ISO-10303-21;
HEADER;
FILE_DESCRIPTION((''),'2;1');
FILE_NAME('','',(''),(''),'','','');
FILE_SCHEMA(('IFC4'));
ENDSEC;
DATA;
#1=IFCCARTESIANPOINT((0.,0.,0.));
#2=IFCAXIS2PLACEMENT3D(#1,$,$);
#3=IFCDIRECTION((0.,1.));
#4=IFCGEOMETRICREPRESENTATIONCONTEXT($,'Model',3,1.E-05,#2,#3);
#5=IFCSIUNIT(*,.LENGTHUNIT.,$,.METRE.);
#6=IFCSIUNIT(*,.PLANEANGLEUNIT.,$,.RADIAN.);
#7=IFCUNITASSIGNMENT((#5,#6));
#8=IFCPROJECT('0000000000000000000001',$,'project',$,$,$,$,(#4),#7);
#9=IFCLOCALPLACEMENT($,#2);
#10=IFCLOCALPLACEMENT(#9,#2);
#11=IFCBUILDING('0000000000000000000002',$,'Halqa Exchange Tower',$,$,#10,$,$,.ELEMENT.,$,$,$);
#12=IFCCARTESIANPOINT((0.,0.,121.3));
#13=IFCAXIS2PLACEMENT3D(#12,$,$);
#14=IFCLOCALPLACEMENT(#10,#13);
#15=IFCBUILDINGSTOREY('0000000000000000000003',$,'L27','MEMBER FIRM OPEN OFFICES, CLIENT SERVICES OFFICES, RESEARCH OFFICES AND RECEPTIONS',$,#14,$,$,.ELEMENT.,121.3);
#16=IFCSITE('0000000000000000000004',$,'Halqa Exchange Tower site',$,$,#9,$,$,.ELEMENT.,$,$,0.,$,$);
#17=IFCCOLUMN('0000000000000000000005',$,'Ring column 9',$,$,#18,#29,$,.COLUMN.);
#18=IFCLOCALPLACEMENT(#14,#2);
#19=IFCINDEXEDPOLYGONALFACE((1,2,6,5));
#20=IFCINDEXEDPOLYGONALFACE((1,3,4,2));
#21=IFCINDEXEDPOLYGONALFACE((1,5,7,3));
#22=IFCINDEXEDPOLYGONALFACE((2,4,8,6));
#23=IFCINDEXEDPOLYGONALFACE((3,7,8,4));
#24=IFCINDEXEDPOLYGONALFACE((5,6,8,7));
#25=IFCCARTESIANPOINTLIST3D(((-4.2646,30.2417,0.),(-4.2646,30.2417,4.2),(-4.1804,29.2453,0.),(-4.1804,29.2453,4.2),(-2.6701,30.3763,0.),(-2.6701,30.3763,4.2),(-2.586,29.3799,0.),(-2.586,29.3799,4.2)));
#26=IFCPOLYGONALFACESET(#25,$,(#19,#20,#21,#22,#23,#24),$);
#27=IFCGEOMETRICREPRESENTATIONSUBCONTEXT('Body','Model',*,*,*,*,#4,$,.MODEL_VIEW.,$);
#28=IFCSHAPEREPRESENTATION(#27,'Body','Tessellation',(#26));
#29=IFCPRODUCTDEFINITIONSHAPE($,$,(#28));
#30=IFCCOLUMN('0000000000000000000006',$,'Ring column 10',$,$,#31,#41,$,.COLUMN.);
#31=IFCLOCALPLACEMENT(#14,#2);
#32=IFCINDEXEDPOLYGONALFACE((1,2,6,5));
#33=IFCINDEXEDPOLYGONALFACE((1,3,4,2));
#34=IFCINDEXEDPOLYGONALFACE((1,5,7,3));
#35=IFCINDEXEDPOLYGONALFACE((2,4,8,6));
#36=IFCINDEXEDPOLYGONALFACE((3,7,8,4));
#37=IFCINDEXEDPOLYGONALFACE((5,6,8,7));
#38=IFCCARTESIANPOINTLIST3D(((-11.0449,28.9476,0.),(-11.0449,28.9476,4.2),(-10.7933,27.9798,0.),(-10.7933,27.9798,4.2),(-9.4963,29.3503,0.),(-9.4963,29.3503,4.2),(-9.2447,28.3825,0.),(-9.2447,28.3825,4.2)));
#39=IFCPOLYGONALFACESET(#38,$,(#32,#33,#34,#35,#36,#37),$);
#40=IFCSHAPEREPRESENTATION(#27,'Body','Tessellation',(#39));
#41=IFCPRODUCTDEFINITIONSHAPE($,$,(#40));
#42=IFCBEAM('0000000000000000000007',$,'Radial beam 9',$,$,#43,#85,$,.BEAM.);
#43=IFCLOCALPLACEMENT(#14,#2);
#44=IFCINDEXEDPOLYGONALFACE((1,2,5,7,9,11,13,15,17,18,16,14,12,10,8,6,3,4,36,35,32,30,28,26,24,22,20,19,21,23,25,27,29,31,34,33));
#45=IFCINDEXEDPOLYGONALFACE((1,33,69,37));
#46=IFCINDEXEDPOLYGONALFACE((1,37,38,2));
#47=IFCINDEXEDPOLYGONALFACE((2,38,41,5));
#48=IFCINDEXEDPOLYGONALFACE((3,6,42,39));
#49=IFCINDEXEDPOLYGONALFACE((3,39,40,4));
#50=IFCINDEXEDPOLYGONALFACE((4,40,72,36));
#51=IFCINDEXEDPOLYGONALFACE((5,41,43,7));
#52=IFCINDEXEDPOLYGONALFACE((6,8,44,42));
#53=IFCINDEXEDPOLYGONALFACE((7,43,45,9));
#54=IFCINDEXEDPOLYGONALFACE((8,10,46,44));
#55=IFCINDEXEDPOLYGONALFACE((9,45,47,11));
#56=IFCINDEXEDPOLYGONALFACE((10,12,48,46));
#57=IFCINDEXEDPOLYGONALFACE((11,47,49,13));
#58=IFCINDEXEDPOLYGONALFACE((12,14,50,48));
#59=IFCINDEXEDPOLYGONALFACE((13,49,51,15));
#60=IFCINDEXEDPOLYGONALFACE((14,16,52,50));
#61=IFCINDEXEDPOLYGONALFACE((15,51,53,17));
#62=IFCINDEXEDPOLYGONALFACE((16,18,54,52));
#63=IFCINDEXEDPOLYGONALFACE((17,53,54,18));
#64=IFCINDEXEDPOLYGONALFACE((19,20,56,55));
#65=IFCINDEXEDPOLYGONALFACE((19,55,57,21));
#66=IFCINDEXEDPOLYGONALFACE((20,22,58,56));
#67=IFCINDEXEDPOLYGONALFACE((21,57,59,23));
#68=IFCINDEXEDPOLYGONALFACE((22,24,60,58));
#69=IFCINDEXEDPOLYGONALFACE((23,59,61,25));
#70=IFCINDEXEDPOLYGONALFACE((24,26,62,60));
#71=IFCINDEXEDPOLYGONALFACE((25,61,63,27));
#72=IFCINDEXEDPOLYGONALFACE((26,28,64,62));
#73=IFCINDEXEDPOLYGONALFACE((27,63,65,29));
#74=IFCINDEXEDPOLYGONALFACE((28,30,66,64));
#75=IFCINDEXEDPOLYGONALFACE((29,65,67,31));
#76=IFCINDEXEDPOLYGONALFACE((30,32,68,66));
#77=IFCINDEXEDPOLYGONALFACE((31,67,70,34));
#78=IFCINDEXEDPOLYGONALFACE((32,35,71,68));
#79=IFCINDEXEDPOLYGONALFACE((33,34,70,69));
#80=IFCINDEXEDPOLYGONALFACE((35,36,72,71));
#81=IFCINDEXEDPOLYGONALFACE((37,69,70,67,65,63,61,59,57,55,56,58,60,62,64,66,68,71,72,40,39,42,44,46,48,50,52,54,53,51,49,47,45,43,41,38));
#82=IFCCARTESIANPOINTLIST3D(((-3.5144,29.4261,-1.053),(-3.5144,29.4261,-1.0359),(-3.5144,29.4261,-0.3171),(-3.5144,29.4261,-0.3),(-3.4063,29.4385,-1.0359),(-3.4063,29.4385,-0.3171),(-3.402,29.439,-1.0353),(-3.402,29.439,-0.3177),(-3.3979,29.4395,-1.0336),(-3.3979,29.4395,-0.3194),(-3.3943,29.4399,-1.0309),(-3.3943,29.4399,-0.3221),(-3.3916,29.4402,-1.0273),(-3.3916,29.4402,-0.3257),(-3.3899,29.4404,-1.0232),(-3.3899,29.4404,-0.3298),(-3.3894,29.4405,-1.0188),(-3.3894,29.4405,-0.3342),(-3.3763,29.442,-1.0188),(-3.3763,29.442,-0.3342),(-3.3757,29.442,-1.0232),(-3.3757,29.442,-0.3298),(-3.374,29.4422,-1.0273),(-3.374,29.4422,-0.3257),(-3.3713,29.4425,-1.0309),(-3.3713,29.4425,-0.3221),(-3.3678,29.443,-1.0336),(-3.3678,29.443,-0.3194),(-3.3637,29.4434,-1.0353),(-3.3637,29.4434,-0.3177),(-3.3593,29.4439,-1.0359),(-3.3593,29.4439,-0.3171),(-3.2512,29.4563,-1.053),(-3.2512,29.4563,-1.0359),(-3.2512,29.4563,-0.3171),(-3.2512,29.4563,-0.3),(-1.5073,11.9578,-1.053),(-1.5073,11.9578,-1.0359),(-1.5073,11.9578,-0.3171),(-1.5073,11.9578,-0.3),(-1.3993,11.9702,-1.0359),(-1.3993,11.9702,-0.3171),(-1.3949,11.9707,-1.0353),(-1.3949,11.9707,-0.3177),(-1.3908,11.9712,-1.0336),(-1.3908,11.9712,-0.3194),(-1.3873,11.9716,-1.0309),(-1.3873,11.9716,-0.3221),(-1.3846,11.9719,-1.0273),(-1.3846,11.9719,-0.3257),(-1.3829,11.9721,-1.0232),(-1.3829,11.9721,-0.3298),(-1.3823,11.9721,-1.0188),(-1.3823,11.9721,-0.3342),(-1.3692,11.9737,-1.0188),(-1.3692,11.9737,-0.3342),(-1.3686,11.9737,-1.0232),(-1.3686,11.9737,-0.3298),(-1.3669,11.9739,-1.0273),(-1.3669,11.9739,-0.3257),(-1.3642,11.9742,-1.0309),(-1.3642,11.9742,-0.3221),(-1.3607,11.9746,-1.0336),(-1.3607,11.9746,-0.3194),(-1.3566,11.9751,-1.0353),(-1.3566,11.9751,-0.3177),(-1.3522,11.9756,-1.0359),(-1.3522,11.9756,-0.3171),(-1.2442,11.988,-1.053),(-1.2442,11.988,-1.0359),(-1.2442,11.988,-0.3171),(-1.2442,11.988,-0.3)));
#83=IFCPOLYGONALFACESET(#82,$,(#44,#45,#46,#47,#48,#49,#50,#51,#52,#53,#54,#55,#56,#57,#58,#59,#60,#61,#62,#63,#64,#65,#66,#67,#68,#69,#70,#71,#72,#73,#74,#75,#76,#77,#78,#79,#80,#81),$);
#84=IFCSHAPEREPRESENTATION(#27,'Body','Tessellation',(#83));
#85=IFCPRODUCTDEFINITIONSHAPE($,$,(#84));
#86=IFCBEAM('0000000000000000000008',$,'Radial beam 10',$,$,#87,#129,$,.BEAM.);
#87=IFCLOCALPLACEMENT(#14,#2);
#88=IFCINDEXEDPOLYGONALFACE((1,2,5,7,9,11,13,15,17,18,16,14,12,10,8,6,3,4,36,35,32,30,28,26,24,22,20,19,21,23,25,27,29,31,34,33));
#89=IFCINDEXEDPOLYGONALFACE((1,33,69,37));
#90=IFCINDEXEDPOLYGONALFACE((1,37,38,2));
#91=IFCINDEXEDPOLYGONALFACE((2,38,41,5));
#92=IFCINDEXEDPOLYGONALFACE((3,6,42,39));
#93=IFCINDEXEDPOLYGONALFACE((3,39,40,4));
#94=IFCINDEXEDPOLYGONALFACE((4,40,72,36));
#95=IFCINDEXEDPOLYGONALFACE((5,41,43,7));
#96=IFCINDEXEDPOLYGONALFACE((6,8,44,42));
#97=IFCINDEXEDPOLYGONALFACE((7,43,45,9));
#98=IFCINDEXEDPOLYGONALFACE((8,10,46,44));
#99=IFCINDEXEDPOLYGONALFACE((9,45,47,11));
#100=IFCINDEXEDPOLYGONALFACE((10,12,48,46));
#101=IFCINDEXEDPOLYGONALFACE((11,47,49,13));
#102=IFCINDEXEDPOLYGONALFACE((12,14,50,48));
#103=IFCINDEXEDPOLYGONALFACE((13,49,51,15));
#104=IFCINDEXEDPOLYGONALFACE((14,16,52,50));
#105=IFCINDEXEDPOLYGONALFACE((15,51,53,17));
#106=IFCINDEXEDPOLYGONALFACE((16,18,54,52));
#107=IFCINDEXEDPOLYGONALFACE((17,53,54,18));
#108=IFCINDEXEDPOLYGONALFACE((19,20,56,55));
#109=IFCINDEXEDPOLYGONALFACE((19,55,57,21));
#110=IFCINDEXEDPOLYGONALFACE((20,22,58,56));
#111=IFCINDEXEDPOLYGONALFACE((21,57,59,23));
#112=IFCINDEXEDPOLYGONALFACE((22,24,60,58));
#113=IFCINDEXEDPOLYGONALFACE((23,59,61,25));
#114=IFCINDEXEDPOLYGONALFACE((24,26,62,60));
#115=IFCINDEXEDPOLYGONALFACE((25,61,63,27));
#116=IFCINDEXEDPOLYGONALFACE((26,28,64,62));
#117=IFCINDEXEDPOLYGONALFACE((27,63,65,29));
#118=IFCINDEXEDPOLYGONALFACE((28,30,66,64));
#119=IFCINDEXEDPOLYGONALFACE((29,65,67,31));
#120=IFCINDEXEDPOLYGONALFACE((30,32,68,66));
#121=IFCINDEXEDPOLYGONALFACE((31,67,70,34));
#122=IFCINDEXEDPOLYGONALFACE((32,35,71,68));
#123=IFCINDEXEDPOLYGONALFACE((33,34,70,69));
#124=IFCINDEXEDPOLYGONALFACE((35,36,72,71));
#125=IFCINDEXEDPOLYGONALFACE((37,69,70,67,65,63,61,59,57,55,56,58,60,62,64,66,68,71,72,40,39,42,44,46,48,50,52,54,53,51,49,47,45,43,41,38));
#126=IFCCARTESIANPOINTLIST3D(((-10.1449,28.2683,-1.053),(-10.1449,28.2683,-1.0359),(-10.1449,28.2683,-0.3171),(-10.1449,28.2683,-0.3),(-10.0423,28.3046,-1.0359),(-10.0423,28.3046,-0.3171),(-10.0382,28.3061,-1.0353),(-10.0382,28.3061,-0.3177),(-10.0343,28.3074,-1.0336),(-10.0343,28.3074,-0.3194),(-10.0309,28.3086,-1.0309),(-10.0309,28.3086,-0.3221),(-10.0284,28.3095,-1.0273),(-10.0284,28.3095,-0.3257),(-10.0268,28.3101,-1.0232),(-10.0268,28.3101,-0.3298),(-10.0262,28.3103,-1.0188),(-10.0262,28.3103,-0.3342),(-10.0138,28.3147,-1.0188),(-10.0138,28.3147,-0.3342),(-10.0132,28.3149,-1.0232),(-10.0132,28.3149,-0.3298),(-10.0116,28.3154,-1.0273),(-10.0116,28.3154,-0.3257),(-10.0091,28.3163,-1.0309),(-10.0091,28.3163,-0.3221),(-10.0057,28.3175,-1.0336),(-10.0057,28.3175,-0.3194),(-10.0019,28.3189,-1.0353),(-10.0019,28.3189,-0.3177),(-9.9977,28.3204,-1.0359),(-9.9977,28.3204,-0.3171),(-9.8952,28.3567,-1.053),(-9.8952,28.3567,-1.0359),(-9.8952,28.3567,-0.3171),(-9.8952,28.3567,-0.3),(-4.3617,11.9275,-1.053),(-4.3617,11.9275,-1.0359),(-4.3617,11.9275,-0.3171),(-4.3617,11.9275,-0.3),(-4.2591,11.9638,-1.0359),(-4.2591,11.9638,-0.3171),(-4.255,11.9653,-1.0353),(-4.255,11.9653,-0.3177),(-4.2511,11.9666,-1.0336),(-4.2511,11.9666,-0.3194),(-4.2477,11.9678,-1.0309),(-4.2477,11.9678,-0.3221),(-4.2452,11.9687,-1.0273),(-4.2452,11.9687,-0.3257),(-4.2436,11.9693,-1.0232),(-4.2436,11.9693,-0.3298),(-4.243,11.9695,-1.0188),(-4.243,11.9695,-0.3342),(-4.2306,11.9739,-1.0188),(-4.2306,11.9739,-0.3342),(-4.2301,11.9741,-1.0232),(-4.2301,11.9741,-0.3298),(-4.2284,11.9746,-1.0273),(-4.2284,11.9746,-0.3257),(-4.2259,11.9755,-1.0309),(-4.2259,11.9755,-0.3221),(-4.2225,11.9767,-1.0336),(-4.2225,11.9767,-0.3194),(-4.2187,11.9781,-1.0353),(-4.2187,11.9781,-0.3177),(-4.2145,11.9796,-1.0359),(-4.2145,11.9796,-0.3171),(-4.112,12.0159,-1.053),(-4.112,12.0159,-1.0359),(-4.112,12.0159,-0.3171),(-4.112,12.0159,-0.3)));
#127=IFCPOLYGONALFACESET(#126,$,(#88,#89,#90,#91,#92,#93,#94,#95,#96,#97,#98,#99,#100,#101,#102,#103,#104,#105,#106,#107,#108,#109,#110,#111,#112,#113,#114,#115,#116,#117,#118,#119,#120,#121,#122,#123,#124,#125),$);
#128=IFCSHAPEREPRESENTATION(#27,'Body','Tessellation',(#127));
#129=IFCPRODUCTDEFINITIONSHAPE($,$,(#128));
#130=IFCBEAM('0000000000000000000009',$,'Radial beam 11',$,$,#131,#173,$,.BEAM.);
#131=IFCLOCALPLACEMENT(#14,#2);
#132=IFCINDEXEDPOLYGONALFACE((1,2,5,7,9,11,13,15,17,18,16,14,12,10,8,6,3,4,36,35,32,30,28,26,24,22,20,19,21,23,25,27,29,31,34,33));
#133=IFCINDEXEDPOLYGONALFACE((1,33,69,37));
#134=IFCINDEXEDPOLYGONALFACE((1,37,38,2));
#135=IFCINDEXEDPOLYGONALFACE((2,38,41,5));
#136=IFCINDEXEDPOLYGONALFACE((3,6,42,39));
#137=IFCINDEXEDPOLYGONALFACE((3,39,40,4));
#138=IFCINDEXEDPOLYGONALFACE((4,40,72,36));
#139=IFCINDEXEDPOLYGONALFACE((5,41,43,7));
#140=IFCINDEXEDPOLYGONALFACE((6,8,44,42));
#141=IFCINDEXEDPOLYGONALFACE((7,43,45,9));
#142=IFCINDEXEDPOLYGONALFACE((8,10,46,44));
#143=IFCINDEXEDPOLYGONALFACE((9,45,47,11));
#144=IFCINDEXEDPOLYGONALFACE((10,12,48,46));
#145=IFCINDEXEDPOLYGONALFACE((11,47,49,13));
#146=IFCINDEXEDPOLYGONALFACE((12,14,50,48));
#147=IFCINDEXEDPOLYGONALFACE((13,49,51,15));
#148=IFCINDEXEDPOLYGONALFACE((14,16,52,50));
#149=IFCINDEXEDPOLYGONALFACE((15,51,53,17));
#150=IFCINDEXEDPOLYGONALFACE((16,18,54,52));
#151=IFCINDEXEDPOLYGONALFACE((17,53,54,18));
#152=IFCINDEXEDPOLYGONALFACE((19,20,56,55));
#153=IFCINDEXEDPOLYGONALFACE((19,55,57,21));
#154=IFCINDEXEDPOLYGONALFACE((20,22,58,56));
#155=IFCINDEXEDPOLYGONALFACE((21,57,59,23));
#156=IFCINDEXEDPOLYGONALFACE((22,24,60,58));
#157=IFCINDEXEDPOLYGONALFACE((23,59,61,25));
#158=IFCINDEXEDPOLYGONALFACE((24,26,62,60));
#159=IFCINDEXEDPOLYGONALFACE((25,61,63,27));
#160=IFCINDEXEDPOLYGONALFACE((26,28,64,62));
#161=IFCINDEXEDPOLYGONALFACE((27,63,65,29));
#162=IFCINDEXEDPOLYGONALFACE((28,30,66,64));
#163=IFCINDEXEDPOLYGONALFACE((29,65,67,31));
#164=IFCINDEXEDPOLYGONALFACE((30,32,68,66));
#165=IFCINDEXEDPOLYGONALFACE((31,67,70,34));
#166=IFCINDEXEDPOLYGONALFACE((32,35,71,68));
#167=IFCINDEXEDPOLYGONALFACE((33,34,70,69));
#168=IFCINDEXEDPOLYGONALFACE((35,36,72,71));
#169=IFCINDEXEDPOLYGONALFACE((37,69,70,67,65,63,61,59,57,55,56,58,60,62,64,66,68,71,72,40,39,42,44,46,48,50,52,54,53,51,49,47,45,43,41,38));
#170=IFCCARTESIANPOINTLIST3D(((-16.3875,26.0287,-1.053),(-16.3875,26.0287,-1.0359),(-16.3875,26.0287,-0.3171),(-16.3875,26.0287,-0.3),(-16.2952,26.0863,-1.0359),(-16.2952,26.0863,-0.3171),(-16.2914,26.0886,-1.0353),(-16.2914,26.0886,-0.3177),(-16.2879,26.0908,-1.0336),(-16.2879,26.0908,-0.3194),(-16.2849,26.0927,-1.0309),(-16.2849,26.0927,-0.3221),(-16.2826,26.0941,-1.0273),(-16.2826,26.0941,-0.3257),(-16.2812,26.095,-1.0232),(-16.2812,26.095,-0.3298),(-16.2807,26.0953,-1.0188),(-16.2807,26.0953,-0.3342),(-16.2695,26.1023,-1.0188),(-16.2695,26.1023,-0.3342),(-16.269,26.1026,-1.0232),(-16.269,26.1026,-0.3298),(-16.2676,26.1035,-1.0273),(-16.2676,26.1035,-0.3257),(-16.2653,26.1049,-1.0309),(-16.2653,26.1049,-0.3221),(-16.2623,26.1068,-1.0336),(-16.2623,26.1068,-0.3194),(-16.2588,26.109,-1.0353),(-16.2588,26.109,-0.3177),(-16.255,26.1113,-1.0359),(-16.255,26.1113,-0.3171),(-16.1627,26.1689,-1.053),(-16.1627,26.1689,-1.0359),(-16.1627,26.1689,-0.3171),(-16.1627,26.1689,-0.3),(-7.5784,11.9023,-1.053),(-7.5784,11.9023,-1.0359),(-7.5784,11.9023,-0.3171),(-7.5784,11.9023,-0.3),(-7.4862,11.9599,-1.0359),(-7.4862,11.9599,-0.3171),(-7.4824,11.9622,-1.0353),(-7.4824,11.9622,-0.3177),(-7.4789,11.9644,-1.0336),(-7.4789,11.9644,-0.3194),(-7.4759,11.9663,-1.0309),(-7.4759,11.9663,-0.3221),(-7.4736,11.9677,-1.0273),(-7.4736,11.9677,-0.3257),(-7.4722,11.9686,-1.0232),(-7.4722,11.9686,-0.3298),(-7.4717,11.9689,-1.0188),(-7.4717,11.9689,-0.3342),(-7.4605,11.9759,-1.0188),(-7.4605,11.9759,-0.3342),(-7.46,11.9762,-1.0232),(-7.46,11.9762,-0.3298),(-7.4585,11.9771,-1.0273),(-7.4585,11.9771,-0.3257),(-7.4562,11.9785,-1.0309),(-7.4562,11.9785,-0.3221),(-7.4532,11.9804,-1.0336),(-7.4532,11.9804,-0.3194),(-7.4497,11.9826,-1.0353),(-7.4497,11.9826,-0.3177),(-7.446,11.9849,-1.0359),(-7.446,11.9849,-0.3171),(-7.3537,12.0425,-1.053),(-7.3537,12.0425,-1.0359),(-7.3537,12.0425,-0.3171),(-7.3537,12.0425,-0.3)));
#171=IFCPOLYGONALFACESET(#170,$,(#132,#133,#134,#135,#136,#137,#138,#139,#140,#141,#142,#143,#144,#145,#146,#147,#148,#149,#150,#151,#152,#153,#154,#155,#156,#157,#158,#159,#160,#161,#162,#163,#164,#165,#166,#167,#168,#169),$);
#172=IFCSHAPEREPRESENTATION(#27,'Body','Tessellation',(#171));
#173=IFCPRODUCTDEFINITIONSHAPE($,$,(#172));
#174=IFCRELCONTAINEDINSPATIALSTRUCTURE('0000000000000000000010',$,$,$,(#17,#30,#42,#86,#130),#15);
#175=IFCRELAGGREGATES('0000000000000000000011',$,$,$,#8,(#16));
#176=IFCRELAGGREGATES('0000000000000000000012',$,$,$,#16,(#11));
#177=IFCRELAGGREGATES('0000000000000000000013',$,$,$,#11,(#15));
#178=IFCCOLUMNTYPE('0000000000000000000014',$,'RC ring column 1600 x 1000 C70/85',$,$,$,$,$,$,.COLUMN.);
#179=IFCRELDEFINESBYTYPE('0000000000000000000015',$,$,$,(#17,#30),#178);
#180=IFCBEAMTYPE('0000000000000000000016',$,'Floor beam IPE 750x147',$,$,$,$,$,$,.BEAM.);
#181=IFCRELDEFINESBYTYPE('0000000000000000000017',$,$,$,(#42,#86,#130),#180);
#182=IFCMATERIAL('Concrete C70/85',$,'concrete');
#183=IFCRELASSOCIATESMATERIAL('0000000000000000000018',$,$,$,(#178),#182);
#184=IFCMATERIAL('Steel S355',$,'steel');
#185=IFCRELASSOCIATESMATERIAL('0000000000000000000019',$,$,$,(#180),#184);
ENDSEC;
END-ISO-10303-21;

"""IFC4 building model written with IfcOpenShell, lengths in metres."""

from ifc_helpers import new_model, si_unit, direction, frame, origin, origin_2d, place, context, subcontext, project, spatial, rectangle, i_section, extrude, material, material_profile, profile_set, type_object, element, save


model = new_model("IFC4")

# Units and contexts
model_context = context("Model", 3, precision=1e-05, world=origin(), true_north=direction((0.0, 1.0)))
body_context = subcontext(model_context, "Body", "Model", "MODEL_VIEW")
ifc_project = project(units=[si_unit("LENGTHUNIT", "METRE"), si_unit("PLANEANGLEUNIT", "RADIAN")], contexts=[model_context])

# Site, building, storey
site_placement = place(None, origin())
site = spatial("IfcSite", under=ifc_project, at=site_placement, Name="Halqa Exchange Tower site", CompositionType="ELEMENT", RefElevation=0.0)
building_placement = place(site_placement, origin())
building = spatial("IfcBuilding", under=site, at=building_placement, Name="Halqa Exchange Tower", CompositionType="ELEMENT")
storey_placement = place(building_placement, frame((0.0, 0.0, 121.3)))
storey = spatial("IfcBuildingStorey", under=building, at=storey_placement, Name="L27", Description="MEMBER FIRM OPEN OFFICES, CLIENT SERVICES OFFICES, RESEARCH OFFICES AND RECEPTIONS", CompositionType="ELEMENT", Elevation=121.3)

# Columns
ifc_material_1 = material(Name="Concrete C70/85", Category="concrete")
ifc_material_profile_1 = material_profile(ifc_material_1, rectangle(XDim=1.6001, YDim=1.0, at=origin_2d()), Name="1600 x 1000")
ifc_profile_set_1 = profile_set([ifc_material_profile_1], Name="Concrete C70/85")
column_type = type_object("IfcColumnType", Name="RC ring column 1600 x 1000 C70/85", PredefinedType="COLUMN", material=ifc_profile_set_1)
for number, where, z_axis, x_axis, name in (
    (1, (-3.4253, 29.8108, 0.0), (0.0, 0.0, 1.0), (-0.996456, -0.084121, 0.0), "Ring column 9"),
    (2, (-10.1448, 28.665, 0.0), (0.0, 0.0, 1.0), (-0.96782, -0.251644, 0.0), "Ring column 10"),
):
    element("IfcColumn", number, at=place(storey_placement, frame(where, z_axis=z_axis, x_axis=x_axis)), inside=storey, type_object=column_type, Name=name, PredefinedType="COLUMN", context=body_context, shape_type="SweptSolid", body=[
        extrude(rectangle(XDim=1.6001, YDim=1.0, at=origin_2d()), origin(), (0.0, 0.0, 1.0), 4.2),
    ])

# Beams
ifc_material_2 = material(Name="Steel S355", Category="steel")
ifc_material_profile_2 = material_profile(ifc_material_2, i_section(OverallWidth=0.2649, OverallDepth=0.7529, WebThickness=0.0132, FlangeThickness=0.0171, FilletRadius=0.0171, at=origin_2d()), Name="IPE 750x147")
ifc_profile_set_2 = profile_set([ifc_material_profile_2], Name="Steel S355")
beam_type_1 = type_object("IfcBeamType", Name="Floor beam IPE 750x147", PredefinedType="BEAM", material=ifc_profile_set_2)
beam_1_placement = place(storey_placement, frame((-1.3757, 11.9729, -0.6765), z_axis=(-0.114148, 0.993464, 0.0), x_axis=(-0.993464, -0.114148, 0.0)))
element("IfcBeam", 3, at=beam_1_placement, inside=storey, type_object=beam_type_1, Name="Radial beam 9", PredefinedType="BEAM", context=body_context, shape_type="SweptSolid", body=[
    extrude(i_section(OverallWidth=0.2649, OverallDepth=0.7529, WebThickness=0.0132, FlangeThickness=0.0171, FilletRadius=0.0171, at=origin_2d()), origin(), (0.0, 0.0, 1.0), 17.5833),
])
beam_2_placement = place(storey_placement, frame((-4.2368, 11.9717, -0.6765), z_axis=(-0.333633, 0.942703, 0.0), x_axis=(-0.942703, -0.333633, 0.0)))
element("IfcBeam", 4, at=beam_2_placement, inside=storey, type_object=beam_type_1, Name="Radial beam 10", PredefinedType="BEAM", context=body_context, shape_type="SweptSolid", body=[
    extrude(i_section(OverallWidth=0.2649, OverallDepth=0.7529, WebThickness=0.0132, FlangeThickness=0.0171, FilletRadius=0.0171, at=origin_2d()), origin(), (0.0, 0.0, 1.0), 17.334),
])
beam_3_placement = place(storey_placement, frame((-7.4661, 11.9724, -0.6765), z_axis=(-0.529137, 0.848537, 0.0), x_axis=(-0.848537, -0.529137, 0.0)))
element("IfcBeam", 5, at=beam_3_placement, inside=storey, type_object=beam_type_1, Name="Radial beam 11", PredefinedType="BEAM", context=body_context, shape_type="SweptSolid", body=[
    extrude(i_section(OverallWidth=0.2649, OverallDepth=0.7529, WebThickness=0.0132, FlangeThickness=0.0171, FilletRadius=0.0171, at=origin_2d()), origin(), (0.0, 0.0, 1.0), 16.6479),
])

save(model, "model.ifc")
